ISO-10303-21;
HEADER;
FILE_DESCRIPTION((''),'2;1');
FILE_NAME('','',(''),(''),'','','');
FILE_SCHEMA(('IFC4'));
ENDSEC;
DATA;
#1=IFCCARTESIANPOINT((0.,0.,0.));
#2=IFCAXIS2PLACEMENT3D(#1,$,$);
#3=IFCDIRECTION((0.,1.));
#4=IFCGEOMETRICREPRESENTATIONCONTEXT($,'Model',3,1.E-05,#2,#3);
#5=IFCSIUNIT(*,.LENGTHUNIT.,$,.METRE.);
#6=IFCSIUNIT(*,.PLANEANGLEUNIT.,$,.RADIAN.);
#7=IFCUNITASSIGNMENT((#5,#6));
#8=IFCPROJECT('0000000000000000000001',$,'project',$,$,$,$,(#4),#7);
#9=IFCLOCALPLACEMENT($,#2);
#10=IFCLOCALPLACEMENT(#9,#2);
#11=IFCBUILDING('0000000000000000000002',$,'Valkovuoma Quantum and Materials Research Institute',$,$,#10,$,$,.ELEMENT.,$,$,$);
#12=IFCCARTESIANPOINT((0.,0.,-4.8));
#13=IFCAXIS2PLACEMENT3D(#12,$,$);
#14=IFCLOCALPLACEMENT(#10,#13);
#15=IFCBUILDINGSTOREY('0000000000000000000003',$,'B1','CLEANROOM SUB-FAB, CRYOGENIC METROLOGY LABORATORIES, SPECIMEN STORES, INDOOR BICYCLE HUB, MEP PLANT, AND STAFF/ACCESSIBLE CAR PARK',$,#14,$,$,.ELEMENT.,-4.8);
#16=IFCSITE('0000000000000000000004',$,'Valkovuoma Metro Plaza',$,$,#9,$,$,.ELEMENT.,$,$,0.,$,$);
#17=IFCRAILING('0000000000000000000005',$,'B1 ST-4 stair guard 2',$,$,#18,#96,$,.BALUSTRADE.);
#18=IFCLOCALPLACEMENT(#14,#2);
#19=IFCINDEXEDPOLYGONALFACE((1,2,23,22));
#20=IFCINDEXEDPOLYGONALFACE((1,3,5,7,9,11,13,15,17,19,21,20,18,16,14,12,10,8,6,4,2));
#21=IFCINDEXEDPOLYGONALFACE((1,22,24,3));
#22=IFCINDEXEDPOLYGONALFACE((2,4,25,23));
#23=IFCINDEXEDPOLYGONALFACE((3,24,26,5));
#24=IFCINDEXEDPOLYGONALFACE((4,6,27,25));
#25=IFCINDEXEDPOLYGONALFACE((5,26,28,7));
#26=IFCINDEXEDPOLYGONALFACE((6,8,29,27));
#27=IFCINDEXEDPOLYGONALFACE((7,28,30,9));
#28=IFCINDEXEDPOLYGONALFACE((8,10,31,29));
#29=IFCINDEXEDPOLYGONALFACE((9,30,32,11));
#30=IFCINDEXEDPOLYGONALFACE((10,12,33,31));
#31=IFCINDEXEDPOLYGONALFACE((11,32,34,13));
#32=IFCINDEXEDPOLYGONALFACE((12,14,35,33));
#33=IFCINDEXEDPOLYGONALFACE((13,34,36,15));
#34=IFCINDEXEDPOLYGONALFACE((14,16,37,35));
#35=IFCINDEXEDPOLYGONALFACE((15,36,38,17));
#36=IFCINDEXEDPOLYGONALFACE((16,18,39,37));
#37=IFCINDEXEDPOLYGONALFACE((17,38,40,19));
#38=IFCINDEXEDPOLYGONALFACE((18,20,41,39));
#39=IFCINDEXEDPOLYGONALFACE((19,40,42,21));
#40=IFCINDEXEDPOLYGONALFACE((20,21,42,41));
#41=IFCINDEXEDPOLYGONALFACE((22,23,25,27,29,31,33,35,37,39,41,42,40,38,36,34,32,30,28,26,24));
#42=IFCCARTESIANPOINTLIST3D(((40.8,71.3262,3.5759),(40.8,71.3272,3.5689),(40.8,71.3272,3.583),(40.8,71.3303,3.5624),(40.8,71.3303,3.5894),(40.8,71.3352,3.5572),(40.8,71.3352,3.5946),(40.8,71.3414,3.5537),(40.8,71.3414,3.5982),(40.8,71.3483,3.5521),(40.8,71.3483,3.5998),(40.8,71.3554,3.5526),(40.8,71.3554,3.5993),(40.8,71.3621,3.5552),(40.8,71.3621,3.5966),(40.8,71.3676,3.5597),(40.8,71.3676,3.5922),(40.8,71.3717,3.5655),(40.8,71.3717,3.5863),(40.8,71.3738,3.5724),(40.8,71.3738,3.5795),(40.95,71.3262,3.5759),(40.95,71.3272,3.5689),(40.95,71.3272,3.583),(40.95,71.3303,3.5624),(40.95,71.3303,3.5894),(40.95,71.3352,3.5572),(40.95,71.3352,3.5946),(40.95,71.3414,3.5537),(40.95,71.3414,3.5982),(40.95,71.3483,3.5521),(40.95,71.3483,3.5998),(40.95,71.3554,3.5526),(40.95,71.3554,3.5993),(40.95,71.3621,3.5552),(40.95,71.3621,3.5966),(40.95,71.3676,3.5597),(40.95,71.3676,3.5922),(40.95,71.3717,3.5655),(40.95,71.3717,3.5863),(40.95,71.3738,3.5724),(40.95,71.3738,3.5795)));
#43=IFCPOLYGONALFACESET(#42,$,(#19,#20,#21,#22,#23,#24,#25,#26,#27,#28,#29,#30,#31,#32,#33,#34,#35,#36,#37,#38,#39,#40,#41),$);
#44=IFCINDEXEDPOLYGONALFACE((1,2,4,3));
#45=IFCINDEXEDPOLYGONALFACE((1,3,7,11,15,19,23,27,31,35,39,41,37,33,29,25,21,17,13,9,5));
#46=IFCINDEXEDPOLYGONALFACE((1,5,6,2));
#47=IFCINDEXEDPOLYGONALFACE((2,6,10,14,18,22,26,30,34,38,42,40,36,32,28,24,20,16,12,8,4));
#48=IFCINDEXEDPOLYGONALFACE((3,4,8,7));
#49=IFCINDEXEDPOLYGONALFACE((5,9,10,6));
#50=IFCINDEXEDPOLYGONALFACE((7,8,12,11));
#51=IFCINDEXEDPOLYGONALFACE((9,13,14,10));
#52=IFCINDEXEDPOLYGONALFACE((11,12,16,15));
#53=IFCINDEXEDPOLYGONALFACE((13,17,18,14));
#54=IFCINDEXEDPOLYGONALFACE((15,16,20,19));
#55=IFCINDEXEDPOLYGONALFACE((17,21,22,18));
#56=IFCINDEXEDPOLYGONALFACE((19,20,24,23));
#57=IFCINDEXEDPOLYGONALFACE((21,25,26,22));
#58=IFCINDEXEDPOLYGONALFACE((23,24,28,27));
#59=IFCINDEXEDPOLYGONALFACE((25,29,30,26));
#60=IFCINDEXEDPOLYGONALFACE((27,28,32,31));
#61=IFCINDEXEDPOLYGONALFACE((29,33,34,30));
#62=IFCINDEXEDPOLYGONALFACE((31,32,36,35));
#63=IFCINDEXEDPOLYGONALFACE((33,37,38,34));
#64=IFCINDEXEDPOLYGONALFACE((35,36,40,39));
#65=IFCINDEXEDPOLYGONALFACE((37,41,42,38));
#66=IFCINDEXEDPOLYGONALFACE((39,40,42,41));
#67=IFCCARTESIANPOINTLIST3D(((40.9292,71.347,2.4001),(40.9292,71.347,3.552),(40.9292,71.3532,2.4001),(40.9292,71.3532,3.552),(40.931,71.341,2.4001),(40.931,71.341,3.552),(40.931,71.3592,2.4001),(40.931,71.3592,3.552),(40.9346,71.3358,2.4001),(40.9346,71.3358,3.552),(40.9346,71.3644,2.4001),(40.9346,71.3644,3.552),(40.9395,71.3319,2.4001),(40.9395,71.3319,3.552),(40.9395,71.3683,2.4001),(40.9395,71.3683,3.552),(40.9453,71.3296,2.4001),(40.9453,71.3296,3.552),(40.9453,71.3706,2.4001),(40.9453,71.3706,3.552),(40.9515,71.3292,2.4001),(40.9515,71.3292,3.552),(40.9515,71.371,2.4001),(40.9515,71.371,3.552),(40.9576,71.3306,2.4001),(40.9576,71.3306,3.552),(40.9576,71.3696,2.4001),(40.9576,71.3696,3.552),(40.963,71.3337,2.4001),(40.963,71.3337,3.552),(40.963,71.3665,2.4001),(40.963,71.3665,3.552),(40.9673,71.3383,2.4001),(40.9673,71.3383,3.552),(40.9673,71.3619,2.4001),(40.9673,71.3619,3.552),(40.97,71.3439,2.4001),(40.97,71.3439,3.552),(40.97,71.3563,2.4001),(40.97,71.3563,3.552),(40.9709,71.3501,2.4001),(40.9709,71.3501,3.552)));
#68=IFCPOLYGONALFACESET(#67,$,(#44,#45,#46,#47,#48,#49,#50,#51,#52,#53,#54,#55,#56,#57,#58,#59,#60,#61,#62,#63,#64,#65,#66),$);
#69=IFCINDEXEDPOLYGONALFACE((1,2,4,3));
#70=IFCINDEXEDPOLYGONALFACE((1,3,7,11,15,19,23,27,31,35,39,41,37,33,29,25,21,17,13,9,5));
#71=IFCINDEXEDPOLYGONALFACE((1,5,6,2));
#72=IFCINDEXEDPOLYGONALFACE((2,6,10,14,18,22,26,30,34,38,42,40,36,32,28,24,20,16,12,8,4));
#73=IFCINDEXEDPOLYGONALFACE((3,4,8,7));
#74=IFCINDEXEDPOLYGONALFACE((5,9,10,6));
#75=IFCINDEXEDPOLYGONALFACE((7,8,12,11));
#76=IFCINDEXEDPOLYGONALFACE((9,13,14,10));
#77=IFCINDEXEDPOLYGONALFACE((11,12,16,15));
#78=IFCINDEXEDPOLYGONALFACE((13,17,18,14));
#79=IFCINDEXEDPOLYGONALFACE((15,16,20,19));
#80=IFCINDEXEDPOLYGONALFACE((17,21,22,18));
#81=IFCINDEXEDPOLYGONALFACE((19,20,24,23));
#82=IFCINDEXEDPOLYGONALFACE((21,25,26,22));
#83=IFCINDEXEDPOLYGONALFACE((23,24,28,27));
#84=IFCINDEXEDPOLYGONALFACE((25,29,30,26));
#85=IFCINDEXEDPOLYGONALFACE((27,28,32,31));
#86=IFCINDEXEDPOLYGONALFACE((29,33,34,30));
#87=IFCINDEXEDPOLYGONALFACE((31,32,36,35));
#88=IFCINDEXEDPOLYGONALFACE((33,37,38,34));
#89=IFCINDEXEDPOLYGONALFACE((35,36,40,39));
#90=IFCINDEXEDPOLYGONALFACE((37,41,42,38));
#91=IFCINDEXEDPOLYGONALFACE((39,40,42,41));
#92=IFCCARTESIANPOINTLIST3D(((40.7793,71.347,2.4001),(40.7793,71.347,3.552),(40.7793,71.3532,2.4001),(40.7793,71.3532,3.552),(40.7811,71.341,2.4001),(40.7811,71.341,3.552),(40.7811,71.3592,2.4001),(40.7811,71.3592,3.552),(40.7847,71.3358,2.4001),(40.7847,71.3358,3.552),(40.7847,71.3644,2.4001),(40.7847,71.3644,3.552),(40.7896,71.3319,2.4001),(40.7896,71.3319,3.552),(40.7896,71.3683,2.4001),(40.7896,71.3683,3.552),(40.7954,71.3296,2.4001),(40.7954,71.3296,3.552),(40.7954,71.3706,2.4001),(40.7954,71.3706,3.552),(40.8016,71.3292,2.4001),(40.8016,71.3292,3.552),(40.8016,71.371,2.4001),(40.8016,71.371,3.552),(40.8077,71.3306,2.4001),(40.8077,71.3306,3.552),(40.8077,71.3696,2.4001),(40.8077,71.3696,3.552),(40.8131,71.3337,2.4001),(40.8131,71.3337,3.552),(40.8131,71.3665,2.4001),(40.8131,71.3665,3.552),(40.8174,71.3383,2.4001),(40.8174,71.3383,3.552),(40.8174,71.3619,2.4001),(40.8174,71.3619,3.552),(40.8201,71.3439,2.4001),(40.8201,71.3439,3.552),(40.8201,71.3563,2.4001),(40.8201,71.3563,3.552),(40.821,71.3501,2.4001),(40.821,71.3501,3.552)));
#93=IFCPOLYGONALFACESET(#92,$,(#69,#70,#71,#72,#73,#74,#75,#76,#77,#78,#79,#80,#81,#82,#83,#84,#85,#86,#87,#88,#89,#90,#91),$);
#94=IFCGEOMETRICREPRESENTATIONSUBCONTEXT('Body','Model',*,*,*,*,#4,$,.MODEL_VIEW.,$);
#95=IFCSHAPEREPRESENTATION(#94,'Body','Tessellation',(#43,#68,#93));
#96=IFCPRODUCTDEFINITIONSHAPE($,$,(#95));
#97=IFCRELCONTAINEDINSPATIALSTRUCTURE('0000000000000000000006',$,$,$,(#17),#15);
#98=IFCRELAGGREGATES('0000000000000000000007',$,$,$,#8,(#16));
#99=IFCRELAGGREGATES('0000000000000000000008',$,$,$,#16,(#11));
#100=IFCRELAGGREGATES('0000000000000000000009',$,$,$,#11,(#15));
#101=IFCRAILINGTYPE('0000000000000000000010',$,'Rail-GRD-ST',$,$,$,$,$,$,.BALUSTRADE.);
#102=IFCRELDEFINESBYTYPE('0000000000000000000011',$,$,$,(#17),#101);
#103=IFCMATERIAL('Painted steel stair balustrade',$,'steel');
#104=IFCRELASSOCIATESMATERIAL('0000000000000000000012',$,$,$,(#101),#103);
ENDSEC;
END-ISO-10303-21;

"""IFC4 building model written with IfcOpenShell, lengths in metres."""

from ifc_helpers import new_model, si_unit, direction, frame, origin, origin_2d, place, context, subcontext, project, spatial, circle, extrude, material, type_object, element, save


model = new_model("IFC4")

# Units and contexts
model_context = context("Model", 3, precision=1e-05, world=origin(), true_north=direction((0.0, 1.0)))
body_context = subcontext(model_context, "Body", "Model", "MODEL_VIEW")
ifc_project = project(units=[si_unit("LENGTHUNIT", "METRE"), si_unit("PLANEANGLEUNIT", "RADIAN")], contexts=[model_context])

# Site, building, storey
site_placement = place(None, origin())
site = spatial("IfcSite", under=ifc_project, at=site_placement, Name="Valkovuoma Metro Plaza", CompositionType="ELEMENT", RefElevation=0.0)
building_placement = place(site_placement, origin())
building = spatial("IfcBuilding", under=site, at=building_placement, Name="Valkovuoma Quantum and Materials Research Institute", CompositionType="ELEMENT")
storey_placement = place(building_placement, frame((0.0, 0.0, -4.8)))
storey = spatial("IfcBuildingStorey", under=building, at=storey_placement, Name="B1", Description="CLEANROOM SUB-FAB, CRYOGENIC METROLOGY LABORATORIES, SPECIMEN STORES, INDOOR BICYCLE HUB, MEP PLANT, AND STAFF/ACCESSIBLE CAR PARK", CompositionType="ELEMENT", Elevation=-4.8)

# Railing
ifc_material_1 = material(Name="Painted steel stair balustrade", Category="steel")
railing_type_1 = type_object("IfcRailingType", Name="Rail-GRD-ST", PredefinedType="BALUSTRADE", material=ifc_material_1)
railing_1_placement = place(storey_placement, frame((40.95, 71.3501, 2.4001)))
element("IfcRailing", 1, at=railing_1_placement, inside=storey, type_object=railing_type_1, Name="B1 ST-4 stair guard 2", PredefinedType="BALUSTRADE", context=body_context, shape_type="SweptSolid", body=[
    extrude(circle(Radius=0.0239, at=origin_2d()), frame((0.0, 0.0, 1.1758), z_axis=(-1.0, 0.0, 0.0), x_axis=(0.0, -1.0, 0.0)), (0.0, 0.0, 1.0), 0.1499),
    extrude(circle(Radius=0.021, at=origin_2d()), origin(), (0.0, 0.0, 1.0), 1.1519),
    extrude(circle(Radius=0.021, at=origin_2d()), frame((-0.1499, 0.0, 0.0)), (0.0, 0.0, 1.0), 1.1519),
])

save(model, "model.ifc")
